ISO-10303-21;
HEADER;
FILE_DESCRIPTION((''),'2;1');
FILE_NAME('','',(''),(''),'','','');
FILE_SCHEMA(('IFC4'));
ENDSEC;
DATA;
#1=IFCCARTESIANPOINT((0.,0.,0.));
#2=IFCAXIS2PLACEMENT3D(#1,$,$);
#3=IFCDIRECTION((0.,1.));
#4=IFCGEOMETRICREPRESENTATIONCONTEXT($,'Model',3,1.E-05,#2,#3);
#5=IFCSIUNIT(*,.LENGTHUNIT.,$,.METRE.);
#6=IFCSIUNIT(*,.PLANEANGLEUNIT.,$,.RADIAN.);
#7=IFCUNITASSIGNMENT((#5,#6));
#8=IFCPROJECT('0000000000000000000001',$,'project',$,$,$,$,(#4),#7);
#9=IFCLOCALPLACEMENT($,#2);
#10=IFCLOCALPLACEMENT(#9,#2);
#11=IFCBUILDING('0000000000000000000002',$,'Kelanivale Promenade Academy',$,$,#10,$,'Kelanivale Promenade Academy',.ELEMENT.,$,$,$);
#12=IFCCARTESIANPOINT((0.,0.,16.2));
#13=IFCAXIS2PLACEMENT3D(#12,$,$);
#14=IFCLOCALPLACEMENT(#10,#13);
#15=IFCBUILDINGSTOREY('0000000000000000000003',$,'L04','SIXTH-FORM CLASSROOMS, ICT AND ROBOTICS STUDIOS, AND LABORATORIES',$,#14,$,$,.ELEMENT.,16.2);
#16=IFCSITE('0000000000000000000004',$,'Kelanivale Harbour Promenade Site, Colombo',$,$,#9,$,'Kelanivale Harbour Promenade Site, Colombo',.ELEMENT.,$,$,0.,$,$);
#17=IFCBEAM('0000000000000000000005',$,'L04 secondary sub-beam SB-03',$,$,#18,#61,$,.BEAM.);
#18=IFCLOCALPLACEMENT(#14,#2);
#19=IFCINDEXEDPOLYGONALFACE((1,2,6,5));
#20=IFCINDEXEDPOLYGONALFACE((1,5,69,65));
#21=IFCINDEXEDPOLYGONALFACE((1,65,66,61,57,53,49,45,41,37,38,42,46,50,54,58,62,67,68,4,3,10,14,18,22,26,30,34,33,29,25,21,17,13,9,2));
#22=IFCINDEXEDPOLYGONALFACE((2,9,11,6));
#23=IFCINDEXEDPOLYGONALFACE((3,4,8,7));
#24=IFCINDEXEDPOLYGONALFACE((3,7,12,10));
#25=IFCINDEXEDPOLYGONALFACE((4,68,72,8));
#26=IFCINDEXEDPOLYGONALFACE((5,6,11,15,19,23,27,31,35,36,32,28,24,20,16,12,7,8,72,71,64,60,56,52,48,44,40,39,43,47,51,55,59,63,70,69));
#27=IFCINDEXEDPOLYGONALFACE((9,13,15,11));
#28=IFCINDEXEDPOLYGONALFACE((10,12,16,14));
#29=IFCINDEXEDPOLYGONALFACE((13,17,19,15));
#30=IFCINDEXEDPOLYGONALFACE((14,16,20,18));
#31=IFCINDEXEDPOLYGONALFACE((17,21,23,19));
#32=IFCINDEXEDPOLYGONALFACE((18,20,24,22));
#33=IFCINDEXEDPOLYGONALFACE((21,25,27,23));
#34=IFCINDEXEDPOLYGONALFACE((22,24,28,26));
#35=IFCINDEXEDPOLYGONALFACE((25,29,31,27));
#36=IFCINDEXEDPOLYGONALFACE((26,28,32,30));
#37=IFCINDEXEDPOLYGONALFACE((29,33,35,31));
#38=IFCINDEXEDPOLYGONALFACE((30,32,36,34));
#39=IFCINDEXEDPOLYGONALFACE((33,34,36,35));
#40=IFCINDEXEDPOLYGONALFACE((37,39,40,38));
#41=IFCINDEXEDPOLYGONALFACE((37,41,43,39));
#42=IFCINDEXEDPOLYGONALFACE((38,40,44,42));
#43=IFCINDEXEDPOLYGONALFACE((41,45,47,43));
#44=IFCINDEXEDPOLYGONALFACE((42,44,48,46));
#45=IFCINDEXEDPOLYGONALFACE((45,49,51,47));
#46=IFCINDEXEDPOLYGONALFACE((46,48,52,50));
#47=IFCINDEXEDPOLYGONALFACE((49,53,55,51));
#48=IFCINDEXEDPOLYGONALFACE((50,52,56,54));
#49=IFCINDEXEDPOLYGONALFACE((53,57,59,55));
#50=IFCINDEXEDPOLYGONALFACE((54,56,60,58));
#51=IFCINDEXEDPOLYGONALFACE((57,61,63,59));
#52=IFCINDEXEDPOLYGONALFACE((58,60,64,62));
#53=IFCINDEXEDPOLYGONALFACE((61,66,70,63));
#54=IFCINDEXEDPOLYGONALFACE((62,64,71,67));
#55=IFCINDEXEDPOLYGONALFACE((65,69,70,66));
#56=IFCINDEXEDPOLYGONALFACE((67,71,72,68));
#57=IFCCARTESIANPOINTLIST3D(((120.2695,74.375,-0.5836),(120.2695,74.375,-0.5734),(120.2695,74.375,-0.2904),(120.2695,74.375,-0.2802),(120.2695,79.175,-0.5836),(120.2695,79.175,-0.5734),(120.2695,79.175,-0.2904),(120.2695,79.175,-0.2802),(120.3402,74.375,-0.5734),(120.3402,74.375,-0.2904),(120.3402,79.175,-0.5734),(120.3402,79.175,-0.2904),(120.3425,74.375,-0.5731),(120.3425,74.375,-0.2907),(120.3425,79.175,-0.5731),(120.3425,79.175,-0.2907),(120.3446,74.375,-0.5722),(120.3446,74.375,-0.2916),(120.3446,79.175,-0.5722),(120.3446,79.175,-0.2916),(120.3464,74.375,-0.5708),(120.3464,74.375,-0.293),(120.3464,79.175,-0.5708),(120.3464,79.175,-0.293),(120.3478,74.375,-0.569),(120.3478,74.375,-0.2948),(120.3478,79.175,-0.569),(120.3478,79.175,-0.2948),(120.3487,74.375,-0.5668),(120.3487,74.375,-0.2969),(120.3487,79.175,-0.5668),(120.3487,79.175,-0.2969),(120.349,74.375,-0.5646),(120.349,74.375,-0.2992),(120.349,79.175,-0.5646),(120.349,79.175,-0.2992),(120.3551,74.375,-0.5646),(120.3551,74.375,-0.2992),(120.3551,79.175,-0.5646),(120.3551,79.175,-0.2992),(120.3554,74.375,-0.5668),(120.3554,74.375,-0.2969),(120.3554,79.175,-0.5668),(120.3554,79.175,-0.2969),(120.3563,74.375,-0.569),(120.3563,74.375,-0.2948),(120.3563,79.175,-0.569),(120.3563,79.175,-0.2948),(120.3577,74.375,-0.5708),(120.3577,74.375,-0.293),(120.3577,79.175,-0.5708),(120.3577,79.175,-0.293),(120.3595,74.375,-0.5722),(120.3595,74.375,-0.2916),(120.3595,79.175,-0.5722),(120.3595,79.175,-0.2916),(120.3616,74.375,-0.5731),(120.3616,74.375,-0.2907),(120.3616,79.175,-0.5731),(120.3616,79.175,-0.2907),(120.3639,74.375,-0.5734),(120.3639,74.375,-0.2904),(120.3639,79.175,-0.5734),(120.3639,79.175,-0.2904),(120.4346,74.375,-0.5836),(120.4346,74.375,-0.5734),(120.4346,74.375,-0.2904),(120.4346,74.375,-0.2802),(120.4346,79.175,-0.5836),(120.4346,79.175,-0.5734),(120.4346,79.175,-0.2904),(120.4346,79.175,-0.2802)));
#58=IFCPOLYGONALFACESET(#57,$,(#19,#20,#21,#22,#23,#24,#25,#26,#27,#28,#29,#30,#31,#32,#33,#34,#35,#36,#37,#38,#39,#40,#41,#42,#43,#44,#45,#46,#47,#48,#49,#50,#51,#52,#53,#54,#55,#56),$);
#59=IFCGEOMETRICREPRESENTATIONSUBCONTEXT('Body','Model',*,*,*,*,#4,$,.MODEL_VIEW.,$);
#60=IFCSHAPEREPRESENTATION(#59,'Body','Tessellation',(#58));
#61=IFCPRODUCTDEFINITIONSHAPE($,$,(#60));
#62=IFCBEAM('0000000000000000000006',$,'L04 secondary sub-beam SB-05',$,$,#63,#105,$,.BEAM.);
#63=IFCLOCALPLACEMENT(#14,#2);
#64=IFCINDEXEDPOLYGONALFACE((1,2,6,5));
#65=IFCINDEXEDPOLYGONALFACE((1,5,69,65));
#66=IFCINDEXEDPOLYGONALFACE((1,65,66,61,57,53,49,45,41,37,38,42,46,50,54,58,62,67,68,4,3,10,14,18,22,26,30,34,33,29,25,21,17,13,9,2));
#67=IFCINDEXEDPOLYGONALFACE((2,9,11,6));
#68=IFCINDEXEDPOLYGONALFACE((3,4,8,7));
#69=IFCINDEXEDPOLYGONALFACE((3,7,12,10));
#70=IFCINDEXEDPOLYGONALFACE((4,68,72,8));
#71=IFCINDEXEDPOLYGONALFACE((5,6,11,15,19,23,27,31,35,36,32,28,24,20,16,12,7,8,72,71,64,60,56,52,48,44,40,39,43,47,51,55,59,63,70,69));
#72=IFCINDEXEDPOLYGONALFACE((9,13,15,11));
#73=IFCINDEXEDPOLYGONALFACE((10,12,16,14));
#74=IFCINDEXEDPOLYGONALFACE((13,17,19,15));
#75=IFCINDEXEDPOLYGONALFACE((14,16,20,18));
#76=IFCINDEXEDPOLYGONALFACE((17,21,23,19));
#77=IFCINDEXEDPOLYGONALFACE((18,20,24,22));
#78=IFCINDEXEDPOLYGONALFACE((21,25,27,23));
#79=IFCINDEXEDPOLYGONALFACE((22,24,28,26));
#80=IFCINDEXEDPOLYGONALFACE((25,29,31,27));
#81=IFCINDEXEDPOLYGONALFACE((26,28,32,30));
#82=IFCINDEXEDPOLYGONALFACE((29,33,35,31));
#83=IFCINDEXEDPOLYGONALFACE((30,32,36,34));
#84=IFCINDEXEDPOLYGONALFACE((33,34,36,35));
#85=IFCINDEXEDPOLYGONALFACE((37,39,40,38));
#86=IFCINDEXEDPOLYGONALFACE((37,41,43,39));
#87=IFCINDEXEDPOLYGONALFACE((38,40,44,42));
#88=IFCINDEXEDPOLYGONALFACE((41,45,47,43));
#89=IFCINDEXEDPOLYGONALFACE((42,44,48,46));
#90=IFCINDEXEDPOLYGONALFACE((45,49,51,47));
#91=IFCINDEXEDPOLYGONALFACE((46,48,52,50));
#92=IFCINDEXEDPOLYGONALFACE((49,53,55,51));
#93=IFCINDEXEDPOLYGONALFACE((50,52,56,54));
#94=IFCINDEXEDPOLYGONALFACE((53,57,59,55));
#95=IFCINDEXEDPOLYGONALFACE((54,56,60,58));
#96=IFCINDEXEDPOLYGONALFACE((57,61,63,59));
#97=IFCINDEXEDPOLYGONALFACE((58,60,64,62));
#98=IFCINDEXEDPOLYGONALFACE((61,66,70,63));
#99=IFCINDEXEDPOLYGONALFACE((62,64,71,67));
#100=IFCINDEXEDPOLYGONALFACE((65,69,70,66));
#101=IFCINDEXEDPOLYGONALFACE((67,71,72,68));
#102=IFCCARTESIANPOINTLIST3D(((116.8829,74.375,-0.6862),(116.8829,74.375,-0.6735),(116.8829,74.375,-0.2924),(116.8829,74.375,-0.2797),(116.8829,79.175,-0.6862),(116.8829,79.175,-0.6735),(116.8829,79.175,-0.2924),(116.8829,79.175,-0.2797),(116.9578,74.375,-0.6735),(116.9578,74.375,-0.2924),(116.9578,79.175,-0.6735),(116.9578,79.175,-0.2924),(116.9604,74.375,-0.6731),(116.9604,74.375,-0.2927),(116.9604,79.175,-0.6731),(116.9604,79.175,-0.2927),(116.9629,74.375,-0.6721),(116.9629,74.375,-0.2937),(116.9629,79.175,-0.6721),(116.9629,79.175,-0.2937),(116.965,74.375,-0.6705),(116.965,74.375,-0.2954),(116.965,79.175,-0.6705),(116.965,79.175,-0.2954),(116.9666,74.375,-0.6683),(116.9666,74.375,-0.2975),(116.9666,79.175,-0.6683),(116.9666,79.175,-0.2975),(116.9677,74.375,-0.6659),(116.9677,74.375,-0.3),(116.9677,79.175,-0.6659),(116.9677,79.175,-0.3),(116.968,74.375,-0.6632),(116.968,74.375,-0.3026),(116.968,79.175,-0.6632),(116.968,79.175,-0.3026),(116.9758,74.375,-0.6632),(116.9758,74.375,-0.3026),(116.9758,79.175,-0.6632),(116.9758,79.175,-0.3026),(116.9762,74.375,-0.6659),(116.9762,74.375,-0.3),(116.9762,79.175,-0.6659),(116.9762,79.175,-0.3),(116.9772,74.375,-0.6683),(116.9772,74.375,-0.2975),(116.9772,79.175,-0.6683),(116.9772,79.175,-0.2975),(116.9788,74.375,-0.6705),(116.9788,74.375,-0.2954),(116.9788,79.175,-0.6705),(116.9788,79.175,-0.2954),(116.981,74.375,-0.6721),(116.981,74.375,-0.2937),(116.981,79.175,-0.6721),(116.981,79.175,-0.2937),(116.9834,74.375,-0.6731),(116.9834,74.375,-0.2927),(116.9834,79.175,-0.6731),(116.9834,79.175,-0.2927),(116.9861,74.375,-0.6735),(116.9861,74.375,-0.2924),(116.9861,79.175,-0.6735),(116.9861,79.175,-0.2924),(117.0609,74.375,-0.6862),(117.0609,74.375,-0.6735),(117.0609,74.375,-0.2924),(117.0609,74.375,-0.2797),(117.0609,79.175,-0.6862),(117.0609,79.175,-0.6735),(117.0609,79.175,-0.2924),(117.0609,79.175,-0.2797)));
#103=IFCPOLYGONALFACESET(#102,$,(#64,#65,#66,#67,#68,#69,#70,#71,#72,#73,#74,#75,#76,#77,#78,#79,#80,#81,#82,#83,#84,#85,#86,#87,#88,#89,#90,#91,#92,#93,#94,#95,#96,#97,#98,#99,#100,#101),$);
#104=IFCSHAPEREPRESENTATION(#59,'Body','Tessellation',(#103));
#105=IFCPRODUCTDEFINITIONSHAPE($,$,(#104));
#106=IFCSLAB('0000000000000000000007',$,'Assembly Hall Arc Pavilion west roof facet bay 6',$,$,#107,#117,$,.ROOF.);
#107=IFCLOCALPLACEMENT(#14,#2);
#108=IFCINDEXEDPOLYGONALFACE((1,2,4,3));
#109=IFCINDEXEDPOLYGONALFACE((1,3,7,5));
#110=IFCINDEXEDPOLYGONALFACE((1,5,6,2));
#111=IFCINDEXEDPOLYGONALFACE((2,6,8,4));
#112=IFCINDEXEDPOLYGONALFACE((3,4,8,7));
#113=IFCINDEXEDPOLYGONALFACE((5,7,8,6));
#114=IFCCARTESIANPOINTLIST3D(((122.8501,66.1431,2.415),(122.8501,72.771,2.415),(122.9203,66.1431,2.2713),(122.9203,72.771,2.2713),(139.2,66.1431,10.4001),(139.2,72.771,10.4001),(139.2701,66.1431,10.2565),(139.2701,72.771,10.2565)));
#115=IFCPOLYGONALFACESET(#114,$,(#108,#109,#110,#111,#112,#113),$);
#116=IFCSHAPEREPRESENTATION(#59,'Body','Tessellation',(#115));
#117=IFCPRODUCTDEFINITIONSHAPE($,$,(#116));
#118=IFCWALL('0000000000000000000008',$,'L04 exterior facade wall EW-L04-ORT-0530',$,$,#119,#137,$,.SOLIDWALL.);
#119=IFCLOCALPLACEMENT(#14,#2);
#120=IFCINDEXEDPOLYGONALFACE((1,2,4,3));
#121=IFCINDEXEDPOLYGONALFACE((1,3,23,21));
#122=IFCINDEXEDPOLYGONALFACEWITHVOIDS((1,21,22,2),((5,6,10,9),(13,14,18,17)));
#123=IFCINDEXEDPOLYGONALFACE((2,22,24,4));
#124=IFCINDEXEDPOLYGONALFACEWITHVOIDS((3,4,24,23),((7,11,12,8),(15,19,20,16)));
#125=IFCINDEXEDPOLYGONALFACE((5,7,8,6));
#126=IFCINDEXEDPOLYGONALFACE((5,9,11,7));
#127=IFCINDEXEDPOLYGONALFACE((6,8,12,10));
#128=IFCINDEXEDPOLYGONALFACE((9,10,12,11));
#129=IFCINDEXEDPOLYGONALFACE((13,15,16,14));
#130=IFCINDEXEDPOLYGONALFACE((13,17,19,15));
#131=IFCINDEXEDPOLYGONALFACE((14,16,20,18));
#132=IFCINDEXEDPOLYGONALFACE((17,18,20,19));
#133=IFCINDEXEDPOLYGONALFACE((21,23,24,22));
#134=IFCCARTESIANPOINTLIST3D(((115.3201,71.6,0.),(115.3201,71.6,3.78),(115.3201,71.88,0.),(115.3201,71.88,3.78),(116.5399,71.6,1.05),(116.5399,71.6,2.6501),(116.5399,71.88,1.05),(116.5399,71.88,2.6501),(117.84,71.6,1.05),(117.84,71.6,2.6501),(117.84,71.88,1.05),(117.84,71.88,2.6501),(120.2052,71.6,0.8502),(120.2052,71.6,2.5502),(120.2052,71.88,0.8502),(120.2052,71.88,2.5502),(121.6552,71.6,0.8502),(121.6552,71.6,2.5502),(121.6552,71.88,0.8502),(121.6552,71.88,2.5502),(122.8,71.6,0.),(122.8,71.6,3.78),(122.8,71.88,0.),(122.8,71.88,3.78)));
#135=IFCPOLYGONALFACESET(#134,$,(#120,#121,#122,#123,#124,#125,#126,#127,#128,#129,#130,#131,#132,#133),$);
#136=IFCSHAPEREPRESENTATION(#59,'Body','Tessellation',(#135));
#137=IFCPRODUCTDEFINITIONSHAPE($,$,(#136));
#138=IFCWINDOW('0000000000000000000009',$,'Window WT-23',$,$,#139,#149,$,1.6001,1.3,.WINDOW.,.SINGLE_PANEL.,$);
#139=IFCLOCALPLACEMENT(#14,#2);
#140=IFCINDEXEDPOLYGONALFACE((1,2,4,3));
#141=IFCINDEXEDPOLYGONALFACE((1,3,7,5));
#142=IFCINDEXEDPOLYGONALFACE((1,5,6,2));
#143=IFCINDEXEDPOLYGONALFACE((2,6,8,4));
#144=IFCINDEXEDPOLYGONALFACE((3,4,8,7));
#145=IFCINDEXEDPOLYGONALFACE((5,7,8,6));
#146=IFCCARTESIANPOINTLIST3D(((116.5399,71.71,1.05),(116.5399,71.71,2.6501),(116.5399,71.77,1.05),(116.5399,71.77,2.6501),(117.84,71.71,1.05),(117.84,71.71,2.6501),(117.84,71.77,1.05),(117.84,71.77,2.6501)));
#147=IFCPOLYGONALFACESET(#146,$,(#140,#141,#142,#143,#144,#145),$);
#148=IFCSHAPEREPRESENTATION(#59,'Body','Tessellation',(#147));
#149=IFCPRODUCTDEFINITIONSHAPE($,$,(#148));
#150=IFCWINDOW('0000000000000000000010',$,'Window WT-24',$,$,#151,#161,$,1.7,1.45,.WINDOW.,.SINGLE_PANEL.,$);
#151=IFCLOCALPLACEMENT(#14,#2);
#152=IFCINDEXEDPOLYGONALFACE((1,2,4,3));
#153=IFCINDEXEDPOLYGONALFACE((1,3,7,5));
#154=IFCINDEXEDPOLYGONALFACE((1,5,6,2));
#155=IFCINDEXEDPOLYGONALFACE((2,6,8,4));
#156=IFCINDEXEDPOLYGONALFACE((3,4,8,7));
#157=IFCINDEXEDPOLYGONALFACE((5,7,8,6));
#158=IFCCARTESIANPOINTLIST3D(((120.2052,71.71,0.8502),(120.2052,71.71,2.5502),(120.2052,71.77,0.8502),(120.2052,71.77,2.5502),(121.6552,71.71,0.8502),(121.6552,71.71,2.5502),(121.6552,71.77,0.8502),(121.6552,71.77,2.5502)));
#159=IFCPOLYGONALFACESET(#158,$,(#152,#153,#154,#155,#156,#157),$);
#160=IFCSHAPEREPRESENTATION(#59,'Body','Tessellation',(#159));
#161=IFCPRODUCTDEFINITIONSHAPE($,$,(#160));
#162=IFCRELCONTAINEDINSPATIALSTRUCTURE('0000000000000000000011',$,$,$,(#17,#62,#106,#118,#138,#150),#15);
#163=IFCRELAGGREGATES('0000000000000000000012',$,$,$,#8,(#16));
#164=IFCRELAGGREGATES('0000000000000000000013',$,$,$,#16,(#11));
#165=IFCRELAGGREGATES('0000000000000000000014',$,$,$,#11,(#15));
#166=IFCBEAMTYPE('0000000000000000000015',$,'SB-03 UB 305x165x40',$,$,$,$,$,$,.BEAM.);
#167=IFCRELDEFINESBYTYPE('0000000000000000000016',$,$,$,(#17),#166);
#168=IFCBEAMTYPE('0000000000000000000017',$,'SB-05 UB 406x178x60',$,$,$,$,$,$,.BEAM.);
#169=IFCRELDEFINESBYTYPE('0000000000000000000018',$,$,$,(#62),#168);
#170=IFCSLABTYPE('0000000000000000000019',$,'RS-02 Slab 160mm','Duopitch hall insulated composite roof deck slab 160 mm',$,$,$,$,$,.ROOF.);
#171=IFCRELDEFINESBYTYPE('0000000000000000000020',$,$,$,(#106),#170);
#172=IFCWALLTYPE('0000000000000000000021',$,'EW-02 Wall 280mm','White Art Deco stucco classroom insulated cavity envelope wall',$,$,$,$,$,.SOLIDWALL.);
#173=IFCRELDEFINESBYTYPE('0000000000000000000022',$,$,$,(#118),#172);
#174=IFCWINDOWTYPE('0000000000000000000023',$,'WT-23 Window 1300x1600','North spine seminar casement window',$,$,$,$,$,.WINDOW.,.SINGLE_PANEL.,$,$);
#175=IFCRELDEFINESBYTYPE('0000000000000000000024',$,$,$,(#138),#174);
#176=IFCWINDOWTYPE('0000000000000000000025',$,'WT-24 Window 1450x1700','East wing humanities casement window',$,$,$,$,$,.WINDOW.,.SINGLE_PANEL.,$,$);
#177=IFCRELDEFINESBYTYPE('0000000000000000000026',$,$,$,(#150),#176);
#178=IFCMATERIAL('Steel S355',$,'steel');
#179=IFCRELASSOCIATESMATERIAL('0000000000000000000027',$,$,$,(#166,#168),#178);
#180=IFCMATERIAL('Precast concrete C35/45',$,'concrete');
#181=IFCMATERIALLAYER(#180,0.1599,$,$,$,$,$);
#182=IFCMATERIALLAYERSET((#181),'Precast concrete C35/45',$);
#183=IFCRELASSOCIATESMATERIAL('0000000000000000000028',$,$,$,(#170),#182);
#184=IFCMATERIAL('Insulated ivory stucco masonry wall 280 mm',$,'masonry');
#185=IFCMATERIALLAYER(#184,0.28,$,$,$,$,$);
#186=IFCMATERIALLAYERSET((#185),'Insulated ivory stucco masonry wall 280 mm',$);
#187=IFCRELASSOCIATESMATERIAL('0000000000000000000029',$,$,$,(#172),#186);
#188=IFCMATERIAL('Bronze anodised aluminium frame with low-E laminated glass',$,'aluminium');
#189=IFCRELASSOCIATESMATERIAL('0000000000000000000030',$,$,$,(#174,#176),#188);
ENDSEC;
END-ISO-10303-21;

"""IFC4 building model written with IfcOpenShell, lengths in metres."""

from ifc_helpers import new_model, si_unit, direction, frame, frame_2d, origin, origin_2d, place, context, subcontext, project, spatial, polyline, rectangle, i_section, outline, extrude, material, layer, layer_set, material_profile, profile_set, type_object, element, fill, save


model = new_model("IFC4")

# Units and contexts
model_context = context("Model", 3, precision=1e-05, world=origin(), true_north=direction((0.0, 1.0)))
body_context = subcontext(model_context, "Body", "Model", "MODEL_VIEW")
ifc_project = project(units=[si_unit("LENGTHUNIT", "METRE"), si_unit("PLANEANGLEUNIT", "RADIAN")], contexts=[model_context])

# Site, building, storey
site_placement = place(None, origin())
site = spatial("IfcSite", under=ifc_project, at=site_placement, Name="Kelanivale Harbour Promenade Site, Colombo", LongName="Kelanivale Harbour Promenade Site, Colombo", CompositionType="ELEMENT", RefElevation=0.0)
building_placement = place(site_placement, origin())
building = spatial("IfcBuilding", under=site, at=building_placement, Name="Kelanivale Promenade Academy", LongName="Kelanivale Promenade Academy", CompositionType="ELEMENT")
storey_placement = place(building_placement, frame((0.0, 0.0, 16.2)))
storey = spatial("IfcBuildingStorey", under=building, at=storey_placement, Name="L04", Description="SIXTH-FORM CLASSROOMS, ICT AND ROBOTICS STUDIOS, AND LABORATORIES", CompositionType="ELEMENT", Elevation=16.2)

# Beams
ifc_material_1 = material(Name="Steel S355", Category="steel")
ifc_material_profile_1 = material_profile(ifc_material_1, i_section(OverallWidth=0.165, OverallDepth=0.3035, WebThickness=0.0061, FlangeThickness=0.0103, FilletRadius=0.0088, at=origin_2d()), Name="UB 305x165x40")
ifc_profile_set_1 = profile_set([ifc_material_profile_1], Name="Steel S355")
beam_type_1 = type_object("IfcBeamType", Name="SB-03 UB 305x165x40", PredefinedType="BEAM", material=ifc_profile_set_1)
beam_1_placement = place(storey_placement, frame((120.3521, 74.375, -0.4319), z_axis=(0.0, 1.0, 0.0), x_axis=(-1.0, 0.0, 0.0)))
element("IfcBeam", 1, at=beam_1_placement, inside=storey, type_object=beam_type_1, Name="L04 secondary sub-beam SB-03", PredefinedType="BEAM", context=body_context, shape_type="SweptSolid", body=[
    extrude(i_section(OverallWidth=0.165, OverallDepth=0.3035, WebThickness=0.0061, FlangeThickness=0.0103, FilletRadius=0.0088, at=origin_2d()), origin(), (0.0, 0.0, 1.0), 4.8),
])
ifc_material_profile_2 = material_profile(ifc_material_1, i_section(OverallWidth=0.178, OverallDepth=0.4065, WebThickness=0.0078, FlangeThickness=0.0127, FilletRadius=0.0103, at=origin_2d()), Name="UB 406x178x60")
ifc_profile_set_2 = profile_set([ifc_material_profile_2], Name="Steel S355")
beam_type_2 = type_object("IfcBeamType", Name="SB-05 UB 406x178x60", PredefinedType="BEAM", material=ifc_profile_set_2)
beam_2_placement = place(storey_placement, frame((116.9719, 74.375, -0.4829), z_axis=(0.0, 1.0, 0.0), x_axis=(-1.0, 0.0, 0.0)))
element("IfcBeam", 2, at=beam_2_placement, inside=storey, type_object=beam_type_2, Name="L04 secondary sub-beam SB-05", PredefinedType="BEAM", context=body_context, shape_type="SweptSolid", body=[
    extrude(i_section(OverallWidth=0.178, OverallDepth=0.4065, WebThickness=0.0078, FlangeThickness=0.0127, FilletRadius=0.0103, at=origin_2d()), origin(), (0.0, 0.0, 1.0), 4.8),
])

# Slab
ifc_material_2 = material(Name="Precast concrete C35/45", Category="concrete")
ifc_layer_1 = layer(ifc_material_2, 0.1599)
ifc_layer_set_1 = layer_set([ifc_layer_1], Name="Precast concrete C35/45")
slab_type = type_object("IfcSlabType", Name="RS-02 Slab 160mm", Description="Duopitch hall insulated composite roof deck slab 160 mm", PredefinedType="ROOF", material=ifc_layer_set_1)
slab_placement = place(storey_placement, frame((122.8501, 66.1431, 2.415), z_axis=(-0.438848, 0.0, 0.898561), x_axis=(0.898561, 0.0, 0.438848)))
element("IfcSlab", 3, at=slab_placement, inside=storey, type_object=slab_type, Name="Assembly Hall Arc Pavilion west roof facet bay 6", PredefinedType="ROOF", context=body_context, shape_type="SweptSolid", body=[
    extrude(outline(polyline([(0.0, 0.0), (18.1956, 0.0), (18.1956, 6.6279), (0.0, 6.6279), (0.0, 0.0)])), origin(), (0.0, 0.0, -1.0), 0.1599),
])

# Wall, openings, windows
ifc_material_3 = material(Name="Insulated ivory stucco masonry wall 280 mm", Category="masonry")
ifc_layer_2 = layer(ifc_material_3, 0.28)
ifc_layer_set_2 = layer_set([ifc_layer_2], Name="Insulated ivory stucco masonry wall 280 mm")
wall_type_1 = type_object("IfcWallType", Name="EW-02 Wall 280mm", Description="White Art Deco stucco classroom insulated cavity envelope wall", PredefinedType="SOLIDWALL", material=ifc_layer_set_2)
wall_1_placement = place(storey_placement, frame((115.3201, 71.74, 0.0), z_axis=(0.0, 0.0, 1.0), x_axis=(1.0, 0.0, 0.0)))
wall_1 = element("IfcWall", 4, at=wall_1_placement, inside=storey, type_object=wall_type_1, Name="L04 exterior facade wall EW-L04-ORT-0530", PredefinedType="SOLIDWALL", context=body_context, shape_type="SweptSolid", body=[
    extrude(rectangle(XDim=7.48, YDim=0.28, at=frame_2d((3.74, 0.0))), origin(), (0.0, 0.0, 1.0), 3.78),
])
opening_1_placement = place(wall_1_placement, frame((1.22, 0.0, 1.05)))
opening_1 = element("IfcOpeningElement", 5, at=opening_1_placement, cuts=wall_1, PredefinedType="OPENING", context=body_context, shape_type="SweptSolid", body=[
    extrude(rectangle(XDim=1.3, YDim=1.6001, at=frame_2d((0.6499, 0.8))), frame((0.0, 0.1499, 0.0), z_axis=(0.0, -1.0, 0.0), x_axis=(1.0, 0.0, 0.0)), (0.0, 0.0, 1.0), 0.3),
])
opening_2_placement = place(wall_1_placement, frame((4.885, 0.0, 0.8501)))
opening_2 = element("IfcOpeningElement", 6, at=opening_2_placement, cuts=wall_1, PredefinedType="OPENING", context=body_context, shape_type="SweptSolid", body=[
    extrude(rectangle(XDim=1.45, YDim=1.7, at=frame_2d((0.7251, 0.8501))), frame((0.0, 0.1499, 0.0), z_axis=(0.0, -1.0, 0.0), x_axis=(1.0, 0.0, 0.0)), (0.0, 0.0, 1.0), 0.3),
])
ifc_material_4 = material(Name="Bronze anodised aluminium frame with low-E laminated glass", Category="aluminium")
window_type_1 = type_object("IfcWindowType", Name="WT-23 Window 1300x1600", Description="North spine seminar casement window", PartitioningType="SINGLE_PANEL", PredefinedType="WINDOW", material=ifc_material_4)
window_1_placement = place(opening_1_placement, origin())
window_1 = element("IfcWindow", 7, at=window_1_placement, inside=storey, type_object=window_type_1, Name="Window WT-23", OverallHeight=1.6001, OverallWidth=1.3, PartitioningType="SINGLE_PANEL", PredefinedType="WINDOW", context=body_context, shape_type="SweptSolid", body=[
    extrude(rectangle(XDim=1.3, YDim=1.6001, at=frame_2d((0.6499, 0.8))), frame((0.0, 0.03, 0.0), z_axis=(0.0, -1.0, 0.0), x_axis=(1.0, 0.0, 0.0)), (0.0, 0.0, 1.0), 0.0601),
])
fill(opening_1, window_1)
window_type_2 = type_object("IfcWindowType", Name="WT-24 Window 1450x1700", Description="East wing humanities casement window", PartitioningType="SINGLE_PANEL", PredefinedType="WINDOW", material=ifc_material_4)
window_2_placement = place(opening_2_placement, origin())
window_2 = element("IfcWindow", 8, at=window_2_placement, inside=storey, type_object=window_type_2, Name="Window WT-24", OverallHeight=1.7, OverallWidth=1.45, PartitioningType="SINGLE_PANEL", PredefinedType="WINDOW", context=body_context, shape_type="SweptSolid", body=[
    extrude(rectangle(XDim=1.45, YDim=1.7, at=frame_2d((0.7251, 0.8501))), frame((0.0, 0.03, 0.0), z_axis=(0.0, -1.0, 0.0), x_axis=(1.0, 0.0, 0.0)), (0.0, 0.0, 1.0), 0.0601),
])
fill(opening_2, window_2)

save(model, "model.ifc")
